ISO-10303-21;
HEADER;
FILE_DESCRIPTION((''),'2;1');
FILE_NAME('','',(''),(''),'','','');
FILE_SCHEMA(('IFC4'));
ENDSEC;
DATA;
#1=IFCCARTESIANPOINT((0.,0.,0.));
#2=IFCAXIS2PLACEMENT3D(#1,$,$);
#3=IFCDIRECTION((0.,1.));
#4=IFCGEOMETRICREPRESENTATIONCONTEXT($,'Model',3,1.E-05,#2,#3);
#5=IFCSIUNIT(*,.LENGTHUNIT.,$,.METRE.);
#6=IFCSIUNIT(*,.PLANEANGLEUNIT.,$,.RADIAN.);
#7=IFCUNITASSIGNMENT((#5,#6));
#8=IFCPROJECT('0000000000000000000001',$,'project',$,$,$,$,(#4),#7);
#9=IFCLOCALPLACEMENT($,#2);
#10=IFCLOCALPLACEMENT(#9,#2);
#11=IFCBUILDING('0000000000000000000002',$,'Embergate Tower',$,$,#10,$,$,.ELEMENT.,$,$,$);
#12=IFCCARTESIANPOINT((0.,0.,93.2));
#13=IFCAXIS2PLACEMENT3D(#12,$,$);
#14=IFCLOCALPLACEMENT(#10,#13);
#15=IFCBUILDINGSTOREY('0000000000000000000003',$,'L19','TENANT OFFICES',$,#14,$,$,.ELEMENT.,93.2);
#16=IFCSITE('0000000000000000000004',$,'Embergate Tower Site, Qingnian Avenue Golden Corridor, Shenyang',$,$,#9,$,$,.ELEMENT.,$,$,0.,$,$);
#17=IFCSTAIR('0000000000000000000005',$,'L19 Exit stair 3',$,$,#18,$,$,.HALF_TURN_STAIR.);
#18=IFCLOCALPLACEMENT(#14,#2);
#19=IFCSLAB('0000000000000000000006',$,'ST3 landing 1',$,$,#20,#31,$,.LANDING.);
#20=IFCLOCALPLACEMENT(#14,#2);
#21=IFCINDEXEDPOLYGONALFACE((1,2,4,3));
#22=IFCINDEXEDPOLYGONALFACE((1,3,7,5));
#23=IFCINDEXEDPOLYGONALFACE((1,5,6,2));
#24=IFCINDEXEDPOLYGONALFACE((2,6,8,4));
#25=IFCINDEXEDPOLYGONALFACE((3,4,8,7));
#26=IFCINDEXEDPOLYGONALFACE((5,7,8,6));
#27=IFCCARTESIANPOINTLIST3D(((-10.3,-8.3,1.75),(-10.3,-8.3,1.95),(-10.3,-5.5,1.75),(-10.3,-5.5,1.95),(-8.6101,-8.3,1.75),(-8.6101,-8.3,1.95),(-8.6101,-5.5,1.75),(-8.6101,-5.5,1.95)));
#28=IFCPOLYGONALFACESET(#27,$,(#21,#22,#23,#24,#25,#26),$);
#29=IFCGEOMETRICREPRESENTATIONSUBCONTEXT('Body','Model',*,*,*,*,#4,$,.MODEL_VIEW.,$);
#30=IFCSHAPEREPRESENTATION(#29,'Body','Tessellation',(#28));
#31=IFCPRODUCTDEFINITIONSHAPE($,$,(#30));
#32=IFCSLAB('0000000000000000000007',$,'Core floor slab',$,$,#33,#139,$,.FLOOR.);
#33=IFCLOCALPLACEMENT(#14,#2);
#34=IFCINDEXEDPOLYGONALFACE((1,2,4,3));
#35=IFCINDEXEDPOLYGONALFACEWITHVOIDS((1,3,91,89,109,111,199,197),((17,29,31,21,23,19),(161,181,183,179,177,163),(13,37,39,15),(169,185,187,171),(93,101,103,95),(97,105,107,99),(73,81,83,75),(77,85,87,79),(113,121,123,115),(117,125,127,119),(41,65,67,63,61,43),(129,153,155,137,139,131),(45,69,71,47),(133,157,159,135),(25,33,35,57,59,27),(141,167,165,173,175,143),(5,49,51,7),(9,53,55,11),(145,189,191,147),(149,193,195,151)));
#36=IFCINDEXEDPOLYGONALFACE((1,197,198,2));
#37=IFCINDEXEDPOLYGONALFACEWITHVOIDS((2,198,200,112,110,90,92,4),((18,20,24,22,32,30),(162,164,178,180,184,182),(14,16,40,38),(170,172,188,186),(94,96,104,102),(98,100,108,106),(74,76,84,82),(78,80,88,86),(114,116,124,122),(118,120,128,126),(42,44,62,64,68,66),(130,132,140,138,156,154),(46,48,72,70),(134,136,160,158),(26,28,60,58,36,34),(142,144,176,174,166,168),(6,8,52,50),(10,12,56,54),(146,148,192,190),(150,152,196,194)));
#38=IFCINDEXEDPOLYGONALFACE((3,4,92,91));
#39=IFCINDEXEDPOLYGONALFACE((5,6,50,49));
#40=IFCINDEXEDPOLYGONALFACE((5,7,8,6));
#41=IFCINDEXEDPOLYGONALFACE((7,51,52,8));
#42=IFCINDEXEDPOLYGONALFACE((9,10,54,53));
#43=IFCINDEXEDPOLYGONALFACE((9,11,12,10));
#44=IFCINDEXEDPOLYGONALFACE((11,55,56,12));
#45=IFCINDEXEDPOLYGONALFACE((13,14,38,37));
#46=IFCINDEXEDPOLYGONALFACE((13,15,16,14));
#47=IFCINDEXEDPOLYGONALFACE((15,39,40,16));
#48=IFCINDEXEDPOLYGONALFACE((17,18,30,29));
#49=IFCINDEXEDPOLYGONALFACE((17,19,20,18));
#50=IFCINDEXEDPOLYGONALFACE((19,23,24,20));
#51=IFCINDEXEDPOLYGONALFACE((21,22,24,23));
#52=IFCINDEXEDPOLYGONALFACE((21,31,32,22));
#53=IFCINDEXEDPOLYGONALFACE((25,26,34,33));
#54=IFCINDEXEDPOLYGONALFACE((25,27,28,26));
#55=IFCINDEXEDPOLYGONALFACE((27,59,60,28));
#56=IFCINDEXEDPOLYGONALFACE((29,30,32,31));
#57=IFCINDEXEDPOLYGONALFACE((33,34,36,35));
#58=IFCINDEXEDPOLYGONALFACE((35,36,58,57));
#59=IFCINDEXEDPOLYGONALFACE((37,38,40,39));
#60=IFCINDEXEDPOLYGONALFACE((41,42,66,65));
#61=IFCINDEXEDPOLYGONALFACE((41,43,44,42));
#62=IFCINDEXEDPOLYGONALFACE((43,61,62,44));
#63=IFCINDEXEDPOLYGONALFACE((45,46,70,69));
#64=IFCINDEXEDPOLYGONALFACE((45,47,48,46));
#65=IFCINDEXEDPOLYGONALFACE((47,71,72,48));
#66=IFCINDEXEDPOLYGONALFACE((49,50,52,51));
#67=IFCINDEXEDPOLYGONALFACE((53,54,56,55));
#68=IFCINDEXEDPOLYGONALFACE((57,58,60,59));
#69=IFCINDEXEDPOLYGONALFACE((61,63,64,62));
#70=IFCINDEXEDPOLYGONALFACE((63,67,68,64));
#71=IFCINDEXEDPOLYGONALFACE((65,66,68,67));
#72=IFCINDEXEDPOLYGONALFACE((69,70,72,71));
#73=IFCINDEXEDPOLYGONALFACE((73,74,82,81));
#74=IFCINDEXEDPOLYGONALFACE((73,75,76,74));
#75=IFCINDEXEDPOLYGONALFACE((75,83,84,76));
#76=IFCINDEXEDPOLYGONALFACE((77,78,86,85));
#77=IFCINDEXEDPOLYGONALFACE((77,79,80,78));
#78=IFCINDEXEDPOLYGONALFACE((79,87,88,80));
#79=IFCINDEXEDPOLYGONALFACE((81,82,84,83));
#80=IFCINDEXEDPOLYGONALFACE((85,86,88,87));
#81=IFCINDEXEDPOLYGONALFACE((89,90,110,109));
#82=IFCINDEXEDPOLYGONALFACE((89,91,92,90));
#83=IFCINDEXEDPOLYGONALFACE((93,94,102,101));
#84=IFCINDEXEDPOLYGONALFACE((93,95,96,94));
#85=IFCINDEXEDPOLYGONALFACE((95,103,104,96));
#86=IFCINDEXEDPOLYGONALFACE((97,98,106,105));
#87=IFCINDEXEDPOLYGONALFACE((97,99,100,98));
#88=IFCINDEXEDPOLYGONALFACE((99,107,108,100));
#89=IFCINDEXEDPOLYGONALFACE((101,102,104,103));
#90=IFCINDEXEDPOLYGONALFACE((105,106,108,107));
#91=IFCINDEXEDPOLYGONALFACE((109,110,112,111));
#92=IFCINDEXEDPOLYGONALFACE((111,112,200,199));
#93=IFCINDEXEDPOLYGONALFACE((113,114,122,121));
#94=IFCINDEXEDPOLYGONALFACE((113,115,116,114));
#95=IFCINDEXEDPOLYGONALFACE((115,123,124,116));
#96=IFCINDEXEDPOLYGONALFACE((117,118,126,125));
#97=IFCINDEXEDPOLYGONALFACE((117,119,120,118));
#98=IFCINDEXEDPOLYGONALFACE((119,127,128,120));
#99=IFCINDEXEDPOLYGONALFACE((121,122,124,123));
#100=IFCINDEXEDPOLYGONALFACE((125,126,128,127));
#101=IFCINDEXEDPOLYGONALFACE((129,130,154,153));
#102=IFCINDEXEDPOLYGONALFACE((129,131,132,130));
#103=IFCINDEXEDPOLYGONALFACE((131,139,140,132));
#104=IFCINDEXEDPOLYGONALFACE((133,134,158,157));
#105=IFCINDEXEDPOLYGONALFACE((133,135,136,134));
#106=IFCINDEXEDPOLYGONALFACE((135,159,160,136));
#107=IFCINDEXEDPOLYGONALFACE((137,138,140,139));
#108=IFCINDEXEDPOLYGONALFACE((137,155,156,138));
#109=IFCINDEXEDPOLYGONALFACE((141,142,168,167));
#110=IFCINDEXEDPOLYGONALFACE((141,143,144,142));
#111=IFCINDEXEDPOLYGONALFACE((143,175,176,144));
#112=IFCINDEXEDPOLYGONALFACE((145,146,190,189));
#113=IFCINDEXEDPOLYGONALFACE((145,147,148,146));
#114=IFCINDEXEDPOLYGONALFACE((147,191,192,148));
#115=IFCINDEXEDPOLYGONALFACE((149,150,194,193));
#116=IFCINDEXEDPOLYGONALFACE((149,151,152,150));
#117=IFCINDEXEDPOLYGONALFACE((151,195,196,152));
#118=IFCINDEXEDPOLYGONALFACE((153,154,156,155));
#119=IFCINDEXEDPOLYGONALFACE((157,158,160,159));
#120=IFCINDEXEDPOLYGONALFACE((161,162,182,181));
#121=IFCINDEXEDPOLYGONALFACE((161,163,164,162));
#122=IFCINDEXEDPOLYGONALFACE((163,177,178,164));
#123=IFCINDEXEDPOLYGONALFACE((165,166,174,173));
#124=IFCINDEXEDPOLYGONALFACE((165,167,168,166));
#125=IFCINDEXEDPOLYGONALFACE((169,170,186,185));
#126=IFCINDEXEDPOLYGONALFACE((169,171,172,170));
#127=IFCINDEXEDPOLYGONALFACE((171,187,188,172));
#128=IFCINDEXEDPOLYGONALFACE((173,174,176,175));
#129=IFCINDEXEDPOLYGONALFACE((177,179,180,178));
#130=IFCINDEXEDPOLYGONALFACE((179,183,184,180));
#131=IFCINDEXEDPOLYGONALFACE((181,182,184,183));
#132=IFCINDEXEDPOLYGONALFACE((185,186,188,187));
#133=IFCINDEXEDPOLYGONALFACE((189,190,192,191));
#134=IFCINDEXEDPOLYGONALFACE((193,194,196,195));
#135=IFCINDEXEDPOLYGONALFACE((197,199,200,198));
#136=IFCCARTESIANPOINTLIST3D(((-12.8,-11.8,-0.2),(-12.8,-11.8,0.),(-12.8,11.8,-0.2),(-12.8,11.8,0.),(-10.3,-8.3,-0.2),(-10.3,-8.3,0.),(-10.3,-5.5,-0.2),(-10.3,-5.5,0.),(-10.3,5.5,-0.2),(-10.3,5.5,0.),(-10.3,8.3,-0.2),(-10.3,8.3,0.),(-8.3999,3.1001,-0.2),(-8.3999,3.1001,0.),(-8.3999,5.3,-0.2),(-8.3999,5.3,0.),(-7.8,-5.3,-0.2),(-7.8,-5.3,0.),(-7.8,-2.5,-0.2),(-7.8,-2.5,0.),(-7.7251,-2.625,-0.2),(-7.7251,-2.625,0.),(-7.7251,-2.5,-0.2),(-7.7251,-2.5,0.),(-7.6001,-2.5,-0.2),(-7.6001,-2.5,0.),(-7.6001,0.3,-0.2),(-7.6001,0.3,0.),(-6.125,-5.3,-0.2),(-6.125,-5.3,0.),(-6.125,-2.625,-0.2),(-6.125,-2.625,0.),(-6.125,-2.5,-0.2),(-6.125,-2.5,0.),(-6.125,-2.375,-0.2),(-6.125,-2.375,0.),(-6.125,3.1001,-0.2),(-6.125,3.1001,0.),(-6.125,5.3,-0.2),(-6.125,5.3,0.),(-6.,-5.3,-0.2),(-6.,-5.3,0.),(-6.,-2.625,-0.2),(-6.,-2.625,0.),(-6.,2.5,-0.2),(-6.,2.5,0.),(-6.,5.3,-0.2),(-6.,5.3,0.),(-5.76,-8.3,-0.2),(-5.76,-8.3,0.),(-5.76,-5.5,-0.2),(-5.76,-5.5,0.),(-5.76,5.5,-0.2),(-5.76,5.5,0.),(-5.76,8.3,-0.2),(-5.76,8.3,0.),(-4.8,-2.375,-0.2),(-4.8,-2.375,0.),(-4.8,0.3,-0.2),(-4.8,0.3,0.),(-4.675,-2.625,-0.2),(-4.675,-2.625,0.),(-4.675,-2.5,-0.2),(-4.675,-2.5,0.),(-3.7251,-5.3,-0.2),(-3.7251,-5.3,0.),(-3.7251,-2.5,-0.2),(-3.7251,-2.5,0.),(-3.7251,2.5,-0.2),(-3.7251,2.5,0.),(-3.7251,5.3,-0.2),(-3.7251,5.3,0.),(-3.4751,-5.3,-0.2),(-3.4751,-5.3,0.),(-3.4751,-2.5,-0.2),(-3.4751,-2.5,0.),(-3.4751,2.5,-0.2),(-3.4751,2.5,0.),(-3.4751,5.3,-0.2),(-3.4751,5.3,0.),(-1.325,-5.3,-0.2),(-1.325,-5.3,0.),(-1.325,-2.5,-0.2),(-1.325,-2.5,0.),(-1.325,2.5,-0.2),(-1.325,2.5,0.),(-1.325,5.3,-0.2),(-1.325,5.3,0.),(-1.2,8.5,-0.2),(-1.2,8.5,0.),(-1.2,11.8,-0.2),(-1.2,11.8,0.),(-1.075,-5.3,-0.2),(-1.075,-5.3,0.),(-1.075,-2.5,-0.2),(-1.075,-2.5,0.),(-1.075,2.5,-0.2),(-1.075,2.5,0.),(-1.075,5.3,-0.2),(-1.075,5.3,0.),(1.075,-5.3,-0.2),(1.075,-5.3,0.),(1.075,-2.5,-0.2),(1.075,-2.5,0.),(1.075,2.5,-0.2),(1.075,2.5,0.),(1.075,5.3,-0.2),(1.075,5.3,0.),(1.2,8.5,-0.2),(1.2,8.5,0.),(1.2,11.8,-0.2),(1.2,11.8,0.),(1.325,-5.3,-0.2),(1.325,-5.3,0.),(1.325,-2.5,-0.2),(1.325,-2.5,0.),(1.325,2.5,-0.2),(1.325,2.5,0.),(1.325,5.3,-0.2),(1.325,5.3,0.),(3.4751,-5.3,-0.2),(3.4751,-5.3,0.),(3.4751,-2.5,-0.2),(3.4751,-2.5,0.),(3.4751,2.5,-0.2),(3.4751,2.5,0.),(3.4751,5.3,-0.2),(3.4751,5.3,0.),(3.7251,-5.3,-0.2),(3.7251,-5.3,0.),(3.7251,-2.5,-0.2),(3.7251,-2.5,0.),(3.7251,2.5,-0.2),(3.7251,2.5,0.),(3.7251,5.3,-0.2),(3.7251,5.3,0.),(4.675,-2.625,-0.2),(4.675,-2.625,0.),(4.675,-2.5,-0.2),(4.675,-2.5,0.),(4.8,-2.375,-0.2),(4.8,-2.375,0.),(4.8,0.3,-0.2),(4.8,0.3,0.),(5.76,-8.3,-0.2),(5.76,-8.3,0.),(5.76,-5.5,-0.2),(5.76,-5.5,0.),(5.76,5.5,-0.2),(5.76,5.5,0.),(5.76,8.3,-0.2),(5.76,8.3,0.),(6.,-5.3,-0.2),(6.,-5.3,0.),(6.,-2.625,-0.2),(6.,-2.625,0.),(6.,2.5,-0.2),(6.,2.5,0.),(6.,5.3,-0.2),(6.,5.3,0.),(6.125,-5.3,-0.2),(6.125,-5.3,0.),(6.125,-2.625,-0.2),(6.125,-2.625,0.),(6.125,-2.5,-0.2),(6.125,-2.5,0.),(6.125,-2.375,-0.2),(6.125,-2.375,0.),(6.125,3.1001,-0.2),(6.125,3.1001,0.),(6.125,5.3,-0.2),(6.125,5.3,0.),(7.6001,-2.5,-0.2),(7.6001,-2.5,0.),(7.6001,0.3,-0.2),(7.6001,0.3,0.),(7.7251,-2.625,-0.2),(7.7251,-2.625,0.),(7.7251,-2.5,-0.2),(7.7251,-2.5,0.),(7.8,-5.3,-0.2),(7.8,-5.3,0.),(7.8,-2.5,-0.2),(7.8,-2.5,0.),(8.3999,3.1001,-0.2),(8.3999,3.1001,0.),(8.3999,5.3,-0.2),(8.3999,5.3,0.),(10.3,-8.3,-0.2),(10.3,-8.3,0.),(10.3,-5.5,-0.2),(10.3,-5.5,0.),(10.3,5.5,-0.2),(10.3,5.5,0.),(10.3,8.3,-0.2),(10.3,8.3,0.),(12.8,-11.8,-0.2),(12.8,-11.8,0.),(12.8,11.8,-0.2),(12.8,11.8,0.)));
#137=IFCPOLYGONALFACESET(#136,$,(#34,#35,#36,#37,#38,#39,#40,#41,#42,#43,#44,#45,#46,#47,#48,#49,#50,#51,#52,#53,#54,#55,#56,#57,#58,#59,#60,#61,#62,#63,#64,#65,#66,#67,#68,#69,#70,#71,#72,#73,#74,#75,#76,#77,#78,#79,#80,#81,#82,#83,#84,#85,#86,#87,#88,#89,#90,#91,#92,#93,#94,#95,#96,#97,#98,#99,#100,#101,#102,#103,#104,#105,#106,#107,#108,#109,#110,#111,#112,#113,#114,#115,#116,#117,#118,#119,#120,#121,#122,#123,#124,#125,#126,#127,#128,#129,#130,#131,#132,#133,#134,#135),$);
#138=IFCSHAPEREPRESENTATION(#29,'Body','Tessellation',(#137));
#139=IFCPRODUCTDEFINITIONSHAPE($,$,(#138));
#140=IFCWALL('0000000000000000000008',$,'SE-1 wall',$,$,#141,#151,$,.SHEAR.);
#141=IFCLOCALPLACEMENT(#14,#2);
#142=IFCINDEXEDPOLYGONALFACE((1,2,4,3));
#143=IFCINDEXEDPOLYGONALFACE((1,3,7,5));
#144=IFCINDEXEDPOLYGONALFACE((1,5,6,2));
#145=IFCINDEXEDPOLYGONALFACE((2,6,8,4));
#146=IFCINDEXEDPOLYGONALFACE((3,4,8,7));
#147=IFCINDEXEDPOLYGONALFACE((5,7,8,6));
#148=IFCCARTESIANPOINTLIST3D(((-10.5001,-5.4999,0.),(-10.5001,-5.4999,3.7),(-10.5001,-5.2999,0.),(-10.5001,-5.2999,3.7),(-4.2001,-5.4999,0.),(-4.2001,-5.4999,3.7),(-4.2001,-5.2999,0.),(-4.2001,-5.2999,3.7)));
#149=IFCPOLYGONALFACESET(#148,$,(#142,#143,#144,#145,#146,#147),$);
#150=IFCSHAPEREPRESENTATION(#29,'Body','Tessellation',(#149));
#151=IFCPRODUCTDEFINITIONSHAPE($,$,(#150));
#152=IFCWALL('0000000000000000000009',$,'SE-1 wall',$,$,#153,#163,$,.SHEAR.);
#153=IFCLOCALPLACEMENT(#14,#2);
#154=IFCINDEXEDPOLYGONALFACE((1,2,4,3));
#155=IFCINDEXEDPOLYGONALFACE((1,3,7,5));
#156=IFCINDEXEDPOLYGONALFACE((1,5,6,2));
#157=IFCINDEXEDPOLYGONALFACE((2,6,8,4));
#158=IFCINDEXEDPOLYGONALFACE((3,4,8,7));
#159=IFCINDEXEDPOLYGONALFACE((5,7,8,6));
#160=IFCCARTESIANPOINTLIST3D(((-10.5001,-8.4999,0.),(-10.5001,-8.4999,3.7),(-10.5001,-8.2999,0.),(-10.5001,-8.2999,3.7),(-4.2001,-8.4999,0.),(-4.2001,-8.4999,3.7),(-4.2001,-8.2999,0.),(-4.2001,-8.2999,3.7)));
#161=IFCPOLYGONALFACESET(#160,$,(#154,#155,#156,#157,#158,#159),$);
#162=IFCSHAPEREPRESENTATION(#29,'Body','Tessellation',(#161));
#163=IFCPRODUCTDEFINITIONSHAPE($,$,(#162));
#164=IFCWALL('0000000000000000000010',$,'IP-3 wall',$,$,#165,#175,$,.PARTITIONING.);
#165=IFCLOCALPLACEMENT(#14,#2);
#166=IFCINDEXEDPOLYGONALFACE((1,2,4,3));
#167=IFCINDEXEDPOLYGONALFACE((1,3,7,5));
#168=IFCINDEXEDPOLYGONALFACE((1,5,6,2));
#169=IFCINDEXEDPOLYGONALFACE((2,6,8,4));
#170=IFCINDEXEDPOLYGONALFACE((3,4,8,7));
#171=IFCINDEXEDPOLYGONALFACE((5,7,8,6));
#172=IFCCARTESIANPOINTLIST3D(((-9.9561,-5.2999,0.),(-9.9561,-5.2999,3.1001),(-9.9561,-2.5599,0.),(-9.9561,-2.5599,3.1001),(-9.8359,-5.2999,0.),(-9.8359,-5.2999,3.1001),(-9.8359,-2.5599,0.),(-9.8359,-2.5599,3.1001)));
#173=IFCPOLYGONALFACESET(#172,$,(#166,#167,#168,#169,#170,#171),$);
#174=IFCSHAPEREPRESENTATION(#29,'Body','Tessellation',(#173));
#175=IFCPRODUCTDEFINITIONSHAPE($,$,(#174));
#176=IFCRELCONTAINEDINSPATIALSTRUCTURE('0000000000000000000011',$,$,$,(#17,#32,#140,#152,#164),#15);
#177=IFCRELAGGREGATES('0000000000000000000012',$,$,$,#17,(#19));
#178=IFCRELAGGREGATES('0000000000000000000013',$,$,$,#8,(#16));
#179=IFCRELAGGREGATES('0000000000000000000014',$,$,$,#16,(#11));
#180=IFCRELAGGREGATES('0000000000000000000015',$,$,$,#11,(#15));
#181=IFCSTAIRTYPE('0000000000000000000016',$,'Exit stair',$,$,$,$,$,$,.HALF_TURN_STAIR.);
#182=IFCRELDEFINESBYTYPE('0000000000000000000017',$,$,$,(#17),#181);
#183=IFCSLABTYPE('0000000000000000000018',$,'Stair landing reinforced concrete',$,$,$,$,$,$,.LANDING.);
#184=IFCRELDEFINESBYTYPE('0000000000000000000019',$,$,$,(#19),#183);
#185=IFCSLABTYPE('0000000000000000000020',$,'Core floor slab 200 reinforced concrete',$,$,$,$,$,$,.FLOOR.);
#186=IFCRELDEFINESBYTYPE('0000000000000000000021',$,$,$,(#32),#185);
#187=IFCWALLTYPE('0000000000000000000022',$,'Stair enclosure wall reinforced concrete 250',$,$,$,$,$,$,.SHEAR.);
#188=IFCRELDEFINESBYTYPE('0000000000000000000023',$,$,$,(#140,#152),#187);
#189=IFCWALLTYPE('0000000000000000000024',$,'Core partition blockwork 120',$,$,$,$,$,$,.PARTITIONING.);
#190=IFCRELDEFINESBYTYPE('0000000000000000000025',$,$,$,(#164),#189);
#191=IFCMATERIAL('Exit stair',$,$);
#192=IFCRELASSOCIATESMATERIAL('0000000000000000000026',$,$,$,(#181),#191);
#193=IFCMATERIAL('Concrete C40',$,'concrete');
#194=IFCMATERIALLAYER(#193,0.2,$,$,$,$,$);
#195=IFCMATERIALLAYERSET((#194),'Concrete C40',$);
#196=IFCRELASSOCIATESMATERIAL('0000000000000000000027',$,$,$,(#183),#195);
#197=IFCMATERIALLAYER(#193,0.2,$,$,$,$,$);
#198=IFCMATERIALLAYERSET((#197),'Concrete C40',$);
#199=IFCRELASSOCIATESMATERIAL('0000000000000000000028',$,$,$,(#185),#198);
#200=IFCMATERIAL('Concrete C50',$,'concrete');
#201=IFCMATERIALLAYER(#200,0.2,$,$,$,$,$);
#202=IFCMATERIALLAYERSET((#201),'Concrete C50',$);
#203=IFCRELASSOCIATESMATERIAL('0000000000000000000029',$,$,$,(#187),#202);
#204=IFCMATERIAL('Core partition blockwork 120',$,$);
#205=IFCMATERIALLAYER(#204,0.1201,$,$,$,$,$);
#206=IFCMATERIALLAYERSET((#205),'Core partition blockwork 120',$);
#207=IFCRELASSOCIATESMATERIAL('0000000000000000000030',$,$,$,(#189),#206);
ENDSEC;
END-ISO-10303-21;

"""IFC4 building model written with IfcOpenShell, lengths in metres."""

from ifc_helpers import new_model, si_unit, direction, frame, frame_2d, origin, place, context, subcontext, project, spatial, polyline, rectangle, outline, extrude, source, transform, mapped, material, layer, layer_set, type_object, element, aggregate, save


model = new_model("IFC4")

# Units and contexts
model_context = context("Model", 3, precision=1e-05, world=origin(), true_north=direction((0.0, 1.0)))
body_context = subcontext(model_context, "Body", "Model", "MODEL_VIEW")
ifc_project = project(units=[si_unit("LENGTHUNIT", "METRE"), si_unit("PLANEANGLEUNIT", "RADIAN")], contexts=[model_context])

# Site, building, storey
site_placement = place(None, origin())
site = spatial("IfcSite", under=ifc_project, at=site_placement, Name="Embergate Tower Site, Qingnian Avenue Golden Corridor, Shenyang", CompositionType="ELEMENT", RefElevation=0.0)
building_placement = place(site_placement, origin())
building = spatial("IfcBuilding", under=site, at=building_placement, Name="Embergate Tower", CompositionType="ELEMENT")
storey_placement = place(building_placement, frame((0.0, 0.0, 93.2)))
storey = spatial("IfcBuildingStorey", under=building, at=storey_placement, Name="L19", Description="TENANT OFFICES", CompositionType="ELEMENT", Elevation=93.2)

# Stair, slab
ifc_material_1 = material(Name="Exit stair")
stair_type = type_object("IfcStairType", Name="Exit stair", PredefinedType="HALF_TURN_STAIR", material=ifc_material_1)
stair_placement = place(storey_placement, origin())
stair = element("IfcStair", 1, at=stair_placement, inside=storey, type_object=stair_type, Name="L19 Exit stair 3", PredefinedType="HALF_TURN_STAIR")
ifc_material_2 = material(Name="Concrete C40", Category="concrete")
ifc_layer_1 = layer(ifc_material_2, 0.2)
ifc_layer_set_1 = layer_set([ifc_layer_1], Name="Concrete C40")
slab_type_1 = type_object("IfcSlabType", Name="Stair landing reinforced concrete", PredefinedType="LANDING", material=ifc_layer_set_1)
shared_shape_1 = source(origin(), body_context, "Body", "SweptSolid", [
    extrude(outline(polyline([(0.0, 0.0), (1.6899, 0.0), (1.6899, 2.8), (0.0, 2.8), (0.0, 0.0)])), origin(), (0.0, 0.0, 1.0), 0.2),
])
slab_1_placement = place(storey_placement, frame((-10.3, -8.3, 1.75)))
slab_1 = element("IfcSlab", 2, at=slab_1_placement, type_object=slab_type_1, Name="ST3 landing 1", PredefinedType="LANDING", context=body_context, shape_type="MappedRepresentation", body=[
    mapped(shared_shape_1, transform((0.0, 0.0, 0.0))),
])
aggregate(stair, [slab_1])

# Slab
ifc_layer_2 = layer(ifc_material_2, 0.2)
ifc_layer_set_2 = layer_set([ifc_layer_2], Name="Concrete C40")
slab_type_2 = type_object("IfcSlabType", Name="Core floor slab 200 reinforced concrete", PredefinedType="FLOOR", material=ifc_layer_set_2)
shared_shape_2 = source(origin(), body_context, "Body", "SweptSolid", [
    extrude(outline(polyline([(0.0, 0.0), (25.6001, 0.0), (25.6001, 23.6001), (14.0, 23.6001), (14.0, 20.3), (11.6001, 20.3), (11.6001, 23.6001), (0.0, 23.6001), (0.0, 0.0)]), holes=[polyline([(2.5, 3.5), (2.5, 6.3), (7.04, 6.3), (7.04, 3.5), (2.5, 3.5)]), polyline([(18.5601, 3.5), (18.5601, 6.3), (23.1001, 6.3), (23.1001, 3.5), (18.5601, 3.5)]), polyline([(5.0, 6.5), (5.0, 9.3), (5.075, 9.3), (5.075, 9.175), (6.675, 9.175), (6.675, 6.5), (5.0, 6.5)]), polyline([(6.8, 6.5), (6.8, 9.175), (8.125, 9.175), (8.125, 9.3), (9.075, 9.3), (9.075, 6.5), (6.8, 6.5)]), polyline([(9.325, 6.5), (9.325, 9.3), (11.4751, 9.3), (11.4751, 6.5), (9.325, 6.5)]), polyline([(11.7251, 6.5), (11.7251, 9.3), (13.875, 9.3), (13.875, 6.5), (11.7251, 6.5)]), polyline([(14.125, 6.5), (14.125, 9.3), (16.2751, 9.3), (16.2751, 6.5), (14.125, 6.5)]), polyline([(16.5251, 6.5), (16.5251, 9.3), (17.4751, 9.3), (17.4751, 9.175), (18.8, 9.175), (18.8, 6.5), (16.5251, 6.5)]), polyline([(18.925, 6.5), (18.925, 9.175), (20.5251, 9.175), (20.5251, 9.3), (20.6001, 9.3), (20.6001, 6.5), (18.925, 6.5)]), polyline([(5.2, 9.3), (5.2, 12.1001), (8.0, 12.1001), (8.0, 9.425), (6.675, 9.425), (6.675, 9.3), (5.2, 9.3)]), polyline([(18.925, 9.3), (18.925, 9.425), (17.6001, 9.425), (17.6001, 12.1001), (20.4001, 12.1001), (20.4001, 9.3), (18.925, 9.3)]), polyline([(6.8, 14.3), (6.8, 17.1001), (9.075, 17.1001), (9.075, 14.3), (6.8, 14.3)]), polyline([(9.325, 14.3), (9.325, 17.1001), (11.4751, 17.1001), (11.4751, 14.3), (9.325, 14.3)]), polyline([(11.7251, 14.3), (11.7251, 17.1001), (13.875, 17.1001), (13.875, 14.3), (11.7251, 14.3)]), polyline([(14.125, 14.3), (14.125, 17.1001), (16.2751, 17.1001), (16.2751, 14.3), (14.125, 14.3)]), polyline([(16.5251, 14.3), (16.5251, 17.1001), (18.8, 17.1001), (18.8, 14.3), (16.5251, 14.3)]), polyline([(4.4001, 14.9001), (4.4001, 17.1001), (6.675, 17.1001), (6.675, 14.9001), (4.4001, 14.9001)]), polyline([(18.925, 14.9001), (18.925, 17.1001), (21.2, 17.1001), (21.2, 14.9001), (18.925, 14.9001)]), polyline([(2.5, 17.3), (2.5, 20.1001), (7.04, 20.1001), (7.04, 17.3), (2.5, 17.3)]), polyline([(18.5601, 17.3), (18.5601, 20.1001), (23.1001, 20.1001), (23.1001, 17.3), (18.5601, 17.3)])]), origin(), (0.0, 0.0, 1.0), 0.2),
])
slab_2_placement = place(storey_placement, frame((-12.8, -11.8, -0.2)))
element("IfcSlab", 3, at=slab_2_placement, inside=storey, type_object=slab_type_2, Name="Core floor slab", PredefinedType="FLOOR", context=body_context, shape_type="MappedRepresentation", body=[
    mapped(shared_shape_2, transform((0.0, 0.0, 0.0))),
])

# Walls
ifc_material_3 = material(Name="Concrete C50", Category="concrete")
ifc_layer_3 = layer(ifc_material_3, 0.2)
ifc_layer_set_3 = layer_set([ifc_layer_3], Name="Concrete C50")
wall_type_1 = type_object("IfcWallType", Name="Stair enclosure wall reinforced concrete 250", PredefinedType="SHEAR", material=ifc_layer_set_3)
shared_shape_3 = source(origin(), body_context, "Body", "SweptSolid", [
    extrude(rectangle(XDim=6.3, YDim=0.2, at=frame_2d((3.1499, 0.0))), origin(), (0.0, 0.0, 1.0), 3.7),
])
for number, where, z_axis, x_axis, name in (
    (4, (-10.5, -5.3999, 0.0), (0.0, 0.0, 1.0), (1.0, 0.0, 0.0), "SE-1 wall"),
    (5, (-10.5, -8.3999, 0.0), (0.0, 0.0, 1.0), (1.0, 0.0, 0.0), "SE-1 wall"),
):
    element("IfcWall", number, at=place(storey_placement, frame(where, z_axis=z_axis, x_axis=x_axis)), inside=storey, type_object=wall_type_1, Name=name, PredefinedType="SHEAR", context=body_context, shape_type="MappedRepresentation", body=[
        mapped(shared_shape_3, transform((0.0, 0.0, 0.0))),
    ])
ifc_material_4 = material(Name="Core partition blockwork 120")
ifc_layer_4 = layer(ifc_material_4, 0.1201)
ifc_layer_set_4 = layer_set([ifc_layer_4], Name="Core partition blockwork 120")
wall_type_2 = type_object("IfcWallType", Name="Core partition blockwork 120", PredefinedType="PARTITIONING", material=ifc_layer_set_4)
shared_shape_4 = source(origin(), body_context, "Body", "SweptSolid", [
    extrude(rectangle(XDim=2.74, YDim=0.1201, at=frame_2d((1.3701, 0.0))), origin(), (0.0, 0.0, 1.0), 3.1001),
])
wall_1_placement = place(storey_placement, frame((-9.896, -5.3, 0.0), z_axis=(0.0, 0.0, 1.0), x_axis=(0.0, 1.0, 0.0)))
element("IfcWall", 6, at=wall_1_placement, inside=storey, type_object=wall_type_2, Name="IP-3 wall", PredefinedType="PARTITIONING", context=body_context, shape_type="MappedRepresentation", body=[
    mapped(shared_shape_4, transform((0.0, 0.0, 0.0))),
])

save(model, "model.ifc")
